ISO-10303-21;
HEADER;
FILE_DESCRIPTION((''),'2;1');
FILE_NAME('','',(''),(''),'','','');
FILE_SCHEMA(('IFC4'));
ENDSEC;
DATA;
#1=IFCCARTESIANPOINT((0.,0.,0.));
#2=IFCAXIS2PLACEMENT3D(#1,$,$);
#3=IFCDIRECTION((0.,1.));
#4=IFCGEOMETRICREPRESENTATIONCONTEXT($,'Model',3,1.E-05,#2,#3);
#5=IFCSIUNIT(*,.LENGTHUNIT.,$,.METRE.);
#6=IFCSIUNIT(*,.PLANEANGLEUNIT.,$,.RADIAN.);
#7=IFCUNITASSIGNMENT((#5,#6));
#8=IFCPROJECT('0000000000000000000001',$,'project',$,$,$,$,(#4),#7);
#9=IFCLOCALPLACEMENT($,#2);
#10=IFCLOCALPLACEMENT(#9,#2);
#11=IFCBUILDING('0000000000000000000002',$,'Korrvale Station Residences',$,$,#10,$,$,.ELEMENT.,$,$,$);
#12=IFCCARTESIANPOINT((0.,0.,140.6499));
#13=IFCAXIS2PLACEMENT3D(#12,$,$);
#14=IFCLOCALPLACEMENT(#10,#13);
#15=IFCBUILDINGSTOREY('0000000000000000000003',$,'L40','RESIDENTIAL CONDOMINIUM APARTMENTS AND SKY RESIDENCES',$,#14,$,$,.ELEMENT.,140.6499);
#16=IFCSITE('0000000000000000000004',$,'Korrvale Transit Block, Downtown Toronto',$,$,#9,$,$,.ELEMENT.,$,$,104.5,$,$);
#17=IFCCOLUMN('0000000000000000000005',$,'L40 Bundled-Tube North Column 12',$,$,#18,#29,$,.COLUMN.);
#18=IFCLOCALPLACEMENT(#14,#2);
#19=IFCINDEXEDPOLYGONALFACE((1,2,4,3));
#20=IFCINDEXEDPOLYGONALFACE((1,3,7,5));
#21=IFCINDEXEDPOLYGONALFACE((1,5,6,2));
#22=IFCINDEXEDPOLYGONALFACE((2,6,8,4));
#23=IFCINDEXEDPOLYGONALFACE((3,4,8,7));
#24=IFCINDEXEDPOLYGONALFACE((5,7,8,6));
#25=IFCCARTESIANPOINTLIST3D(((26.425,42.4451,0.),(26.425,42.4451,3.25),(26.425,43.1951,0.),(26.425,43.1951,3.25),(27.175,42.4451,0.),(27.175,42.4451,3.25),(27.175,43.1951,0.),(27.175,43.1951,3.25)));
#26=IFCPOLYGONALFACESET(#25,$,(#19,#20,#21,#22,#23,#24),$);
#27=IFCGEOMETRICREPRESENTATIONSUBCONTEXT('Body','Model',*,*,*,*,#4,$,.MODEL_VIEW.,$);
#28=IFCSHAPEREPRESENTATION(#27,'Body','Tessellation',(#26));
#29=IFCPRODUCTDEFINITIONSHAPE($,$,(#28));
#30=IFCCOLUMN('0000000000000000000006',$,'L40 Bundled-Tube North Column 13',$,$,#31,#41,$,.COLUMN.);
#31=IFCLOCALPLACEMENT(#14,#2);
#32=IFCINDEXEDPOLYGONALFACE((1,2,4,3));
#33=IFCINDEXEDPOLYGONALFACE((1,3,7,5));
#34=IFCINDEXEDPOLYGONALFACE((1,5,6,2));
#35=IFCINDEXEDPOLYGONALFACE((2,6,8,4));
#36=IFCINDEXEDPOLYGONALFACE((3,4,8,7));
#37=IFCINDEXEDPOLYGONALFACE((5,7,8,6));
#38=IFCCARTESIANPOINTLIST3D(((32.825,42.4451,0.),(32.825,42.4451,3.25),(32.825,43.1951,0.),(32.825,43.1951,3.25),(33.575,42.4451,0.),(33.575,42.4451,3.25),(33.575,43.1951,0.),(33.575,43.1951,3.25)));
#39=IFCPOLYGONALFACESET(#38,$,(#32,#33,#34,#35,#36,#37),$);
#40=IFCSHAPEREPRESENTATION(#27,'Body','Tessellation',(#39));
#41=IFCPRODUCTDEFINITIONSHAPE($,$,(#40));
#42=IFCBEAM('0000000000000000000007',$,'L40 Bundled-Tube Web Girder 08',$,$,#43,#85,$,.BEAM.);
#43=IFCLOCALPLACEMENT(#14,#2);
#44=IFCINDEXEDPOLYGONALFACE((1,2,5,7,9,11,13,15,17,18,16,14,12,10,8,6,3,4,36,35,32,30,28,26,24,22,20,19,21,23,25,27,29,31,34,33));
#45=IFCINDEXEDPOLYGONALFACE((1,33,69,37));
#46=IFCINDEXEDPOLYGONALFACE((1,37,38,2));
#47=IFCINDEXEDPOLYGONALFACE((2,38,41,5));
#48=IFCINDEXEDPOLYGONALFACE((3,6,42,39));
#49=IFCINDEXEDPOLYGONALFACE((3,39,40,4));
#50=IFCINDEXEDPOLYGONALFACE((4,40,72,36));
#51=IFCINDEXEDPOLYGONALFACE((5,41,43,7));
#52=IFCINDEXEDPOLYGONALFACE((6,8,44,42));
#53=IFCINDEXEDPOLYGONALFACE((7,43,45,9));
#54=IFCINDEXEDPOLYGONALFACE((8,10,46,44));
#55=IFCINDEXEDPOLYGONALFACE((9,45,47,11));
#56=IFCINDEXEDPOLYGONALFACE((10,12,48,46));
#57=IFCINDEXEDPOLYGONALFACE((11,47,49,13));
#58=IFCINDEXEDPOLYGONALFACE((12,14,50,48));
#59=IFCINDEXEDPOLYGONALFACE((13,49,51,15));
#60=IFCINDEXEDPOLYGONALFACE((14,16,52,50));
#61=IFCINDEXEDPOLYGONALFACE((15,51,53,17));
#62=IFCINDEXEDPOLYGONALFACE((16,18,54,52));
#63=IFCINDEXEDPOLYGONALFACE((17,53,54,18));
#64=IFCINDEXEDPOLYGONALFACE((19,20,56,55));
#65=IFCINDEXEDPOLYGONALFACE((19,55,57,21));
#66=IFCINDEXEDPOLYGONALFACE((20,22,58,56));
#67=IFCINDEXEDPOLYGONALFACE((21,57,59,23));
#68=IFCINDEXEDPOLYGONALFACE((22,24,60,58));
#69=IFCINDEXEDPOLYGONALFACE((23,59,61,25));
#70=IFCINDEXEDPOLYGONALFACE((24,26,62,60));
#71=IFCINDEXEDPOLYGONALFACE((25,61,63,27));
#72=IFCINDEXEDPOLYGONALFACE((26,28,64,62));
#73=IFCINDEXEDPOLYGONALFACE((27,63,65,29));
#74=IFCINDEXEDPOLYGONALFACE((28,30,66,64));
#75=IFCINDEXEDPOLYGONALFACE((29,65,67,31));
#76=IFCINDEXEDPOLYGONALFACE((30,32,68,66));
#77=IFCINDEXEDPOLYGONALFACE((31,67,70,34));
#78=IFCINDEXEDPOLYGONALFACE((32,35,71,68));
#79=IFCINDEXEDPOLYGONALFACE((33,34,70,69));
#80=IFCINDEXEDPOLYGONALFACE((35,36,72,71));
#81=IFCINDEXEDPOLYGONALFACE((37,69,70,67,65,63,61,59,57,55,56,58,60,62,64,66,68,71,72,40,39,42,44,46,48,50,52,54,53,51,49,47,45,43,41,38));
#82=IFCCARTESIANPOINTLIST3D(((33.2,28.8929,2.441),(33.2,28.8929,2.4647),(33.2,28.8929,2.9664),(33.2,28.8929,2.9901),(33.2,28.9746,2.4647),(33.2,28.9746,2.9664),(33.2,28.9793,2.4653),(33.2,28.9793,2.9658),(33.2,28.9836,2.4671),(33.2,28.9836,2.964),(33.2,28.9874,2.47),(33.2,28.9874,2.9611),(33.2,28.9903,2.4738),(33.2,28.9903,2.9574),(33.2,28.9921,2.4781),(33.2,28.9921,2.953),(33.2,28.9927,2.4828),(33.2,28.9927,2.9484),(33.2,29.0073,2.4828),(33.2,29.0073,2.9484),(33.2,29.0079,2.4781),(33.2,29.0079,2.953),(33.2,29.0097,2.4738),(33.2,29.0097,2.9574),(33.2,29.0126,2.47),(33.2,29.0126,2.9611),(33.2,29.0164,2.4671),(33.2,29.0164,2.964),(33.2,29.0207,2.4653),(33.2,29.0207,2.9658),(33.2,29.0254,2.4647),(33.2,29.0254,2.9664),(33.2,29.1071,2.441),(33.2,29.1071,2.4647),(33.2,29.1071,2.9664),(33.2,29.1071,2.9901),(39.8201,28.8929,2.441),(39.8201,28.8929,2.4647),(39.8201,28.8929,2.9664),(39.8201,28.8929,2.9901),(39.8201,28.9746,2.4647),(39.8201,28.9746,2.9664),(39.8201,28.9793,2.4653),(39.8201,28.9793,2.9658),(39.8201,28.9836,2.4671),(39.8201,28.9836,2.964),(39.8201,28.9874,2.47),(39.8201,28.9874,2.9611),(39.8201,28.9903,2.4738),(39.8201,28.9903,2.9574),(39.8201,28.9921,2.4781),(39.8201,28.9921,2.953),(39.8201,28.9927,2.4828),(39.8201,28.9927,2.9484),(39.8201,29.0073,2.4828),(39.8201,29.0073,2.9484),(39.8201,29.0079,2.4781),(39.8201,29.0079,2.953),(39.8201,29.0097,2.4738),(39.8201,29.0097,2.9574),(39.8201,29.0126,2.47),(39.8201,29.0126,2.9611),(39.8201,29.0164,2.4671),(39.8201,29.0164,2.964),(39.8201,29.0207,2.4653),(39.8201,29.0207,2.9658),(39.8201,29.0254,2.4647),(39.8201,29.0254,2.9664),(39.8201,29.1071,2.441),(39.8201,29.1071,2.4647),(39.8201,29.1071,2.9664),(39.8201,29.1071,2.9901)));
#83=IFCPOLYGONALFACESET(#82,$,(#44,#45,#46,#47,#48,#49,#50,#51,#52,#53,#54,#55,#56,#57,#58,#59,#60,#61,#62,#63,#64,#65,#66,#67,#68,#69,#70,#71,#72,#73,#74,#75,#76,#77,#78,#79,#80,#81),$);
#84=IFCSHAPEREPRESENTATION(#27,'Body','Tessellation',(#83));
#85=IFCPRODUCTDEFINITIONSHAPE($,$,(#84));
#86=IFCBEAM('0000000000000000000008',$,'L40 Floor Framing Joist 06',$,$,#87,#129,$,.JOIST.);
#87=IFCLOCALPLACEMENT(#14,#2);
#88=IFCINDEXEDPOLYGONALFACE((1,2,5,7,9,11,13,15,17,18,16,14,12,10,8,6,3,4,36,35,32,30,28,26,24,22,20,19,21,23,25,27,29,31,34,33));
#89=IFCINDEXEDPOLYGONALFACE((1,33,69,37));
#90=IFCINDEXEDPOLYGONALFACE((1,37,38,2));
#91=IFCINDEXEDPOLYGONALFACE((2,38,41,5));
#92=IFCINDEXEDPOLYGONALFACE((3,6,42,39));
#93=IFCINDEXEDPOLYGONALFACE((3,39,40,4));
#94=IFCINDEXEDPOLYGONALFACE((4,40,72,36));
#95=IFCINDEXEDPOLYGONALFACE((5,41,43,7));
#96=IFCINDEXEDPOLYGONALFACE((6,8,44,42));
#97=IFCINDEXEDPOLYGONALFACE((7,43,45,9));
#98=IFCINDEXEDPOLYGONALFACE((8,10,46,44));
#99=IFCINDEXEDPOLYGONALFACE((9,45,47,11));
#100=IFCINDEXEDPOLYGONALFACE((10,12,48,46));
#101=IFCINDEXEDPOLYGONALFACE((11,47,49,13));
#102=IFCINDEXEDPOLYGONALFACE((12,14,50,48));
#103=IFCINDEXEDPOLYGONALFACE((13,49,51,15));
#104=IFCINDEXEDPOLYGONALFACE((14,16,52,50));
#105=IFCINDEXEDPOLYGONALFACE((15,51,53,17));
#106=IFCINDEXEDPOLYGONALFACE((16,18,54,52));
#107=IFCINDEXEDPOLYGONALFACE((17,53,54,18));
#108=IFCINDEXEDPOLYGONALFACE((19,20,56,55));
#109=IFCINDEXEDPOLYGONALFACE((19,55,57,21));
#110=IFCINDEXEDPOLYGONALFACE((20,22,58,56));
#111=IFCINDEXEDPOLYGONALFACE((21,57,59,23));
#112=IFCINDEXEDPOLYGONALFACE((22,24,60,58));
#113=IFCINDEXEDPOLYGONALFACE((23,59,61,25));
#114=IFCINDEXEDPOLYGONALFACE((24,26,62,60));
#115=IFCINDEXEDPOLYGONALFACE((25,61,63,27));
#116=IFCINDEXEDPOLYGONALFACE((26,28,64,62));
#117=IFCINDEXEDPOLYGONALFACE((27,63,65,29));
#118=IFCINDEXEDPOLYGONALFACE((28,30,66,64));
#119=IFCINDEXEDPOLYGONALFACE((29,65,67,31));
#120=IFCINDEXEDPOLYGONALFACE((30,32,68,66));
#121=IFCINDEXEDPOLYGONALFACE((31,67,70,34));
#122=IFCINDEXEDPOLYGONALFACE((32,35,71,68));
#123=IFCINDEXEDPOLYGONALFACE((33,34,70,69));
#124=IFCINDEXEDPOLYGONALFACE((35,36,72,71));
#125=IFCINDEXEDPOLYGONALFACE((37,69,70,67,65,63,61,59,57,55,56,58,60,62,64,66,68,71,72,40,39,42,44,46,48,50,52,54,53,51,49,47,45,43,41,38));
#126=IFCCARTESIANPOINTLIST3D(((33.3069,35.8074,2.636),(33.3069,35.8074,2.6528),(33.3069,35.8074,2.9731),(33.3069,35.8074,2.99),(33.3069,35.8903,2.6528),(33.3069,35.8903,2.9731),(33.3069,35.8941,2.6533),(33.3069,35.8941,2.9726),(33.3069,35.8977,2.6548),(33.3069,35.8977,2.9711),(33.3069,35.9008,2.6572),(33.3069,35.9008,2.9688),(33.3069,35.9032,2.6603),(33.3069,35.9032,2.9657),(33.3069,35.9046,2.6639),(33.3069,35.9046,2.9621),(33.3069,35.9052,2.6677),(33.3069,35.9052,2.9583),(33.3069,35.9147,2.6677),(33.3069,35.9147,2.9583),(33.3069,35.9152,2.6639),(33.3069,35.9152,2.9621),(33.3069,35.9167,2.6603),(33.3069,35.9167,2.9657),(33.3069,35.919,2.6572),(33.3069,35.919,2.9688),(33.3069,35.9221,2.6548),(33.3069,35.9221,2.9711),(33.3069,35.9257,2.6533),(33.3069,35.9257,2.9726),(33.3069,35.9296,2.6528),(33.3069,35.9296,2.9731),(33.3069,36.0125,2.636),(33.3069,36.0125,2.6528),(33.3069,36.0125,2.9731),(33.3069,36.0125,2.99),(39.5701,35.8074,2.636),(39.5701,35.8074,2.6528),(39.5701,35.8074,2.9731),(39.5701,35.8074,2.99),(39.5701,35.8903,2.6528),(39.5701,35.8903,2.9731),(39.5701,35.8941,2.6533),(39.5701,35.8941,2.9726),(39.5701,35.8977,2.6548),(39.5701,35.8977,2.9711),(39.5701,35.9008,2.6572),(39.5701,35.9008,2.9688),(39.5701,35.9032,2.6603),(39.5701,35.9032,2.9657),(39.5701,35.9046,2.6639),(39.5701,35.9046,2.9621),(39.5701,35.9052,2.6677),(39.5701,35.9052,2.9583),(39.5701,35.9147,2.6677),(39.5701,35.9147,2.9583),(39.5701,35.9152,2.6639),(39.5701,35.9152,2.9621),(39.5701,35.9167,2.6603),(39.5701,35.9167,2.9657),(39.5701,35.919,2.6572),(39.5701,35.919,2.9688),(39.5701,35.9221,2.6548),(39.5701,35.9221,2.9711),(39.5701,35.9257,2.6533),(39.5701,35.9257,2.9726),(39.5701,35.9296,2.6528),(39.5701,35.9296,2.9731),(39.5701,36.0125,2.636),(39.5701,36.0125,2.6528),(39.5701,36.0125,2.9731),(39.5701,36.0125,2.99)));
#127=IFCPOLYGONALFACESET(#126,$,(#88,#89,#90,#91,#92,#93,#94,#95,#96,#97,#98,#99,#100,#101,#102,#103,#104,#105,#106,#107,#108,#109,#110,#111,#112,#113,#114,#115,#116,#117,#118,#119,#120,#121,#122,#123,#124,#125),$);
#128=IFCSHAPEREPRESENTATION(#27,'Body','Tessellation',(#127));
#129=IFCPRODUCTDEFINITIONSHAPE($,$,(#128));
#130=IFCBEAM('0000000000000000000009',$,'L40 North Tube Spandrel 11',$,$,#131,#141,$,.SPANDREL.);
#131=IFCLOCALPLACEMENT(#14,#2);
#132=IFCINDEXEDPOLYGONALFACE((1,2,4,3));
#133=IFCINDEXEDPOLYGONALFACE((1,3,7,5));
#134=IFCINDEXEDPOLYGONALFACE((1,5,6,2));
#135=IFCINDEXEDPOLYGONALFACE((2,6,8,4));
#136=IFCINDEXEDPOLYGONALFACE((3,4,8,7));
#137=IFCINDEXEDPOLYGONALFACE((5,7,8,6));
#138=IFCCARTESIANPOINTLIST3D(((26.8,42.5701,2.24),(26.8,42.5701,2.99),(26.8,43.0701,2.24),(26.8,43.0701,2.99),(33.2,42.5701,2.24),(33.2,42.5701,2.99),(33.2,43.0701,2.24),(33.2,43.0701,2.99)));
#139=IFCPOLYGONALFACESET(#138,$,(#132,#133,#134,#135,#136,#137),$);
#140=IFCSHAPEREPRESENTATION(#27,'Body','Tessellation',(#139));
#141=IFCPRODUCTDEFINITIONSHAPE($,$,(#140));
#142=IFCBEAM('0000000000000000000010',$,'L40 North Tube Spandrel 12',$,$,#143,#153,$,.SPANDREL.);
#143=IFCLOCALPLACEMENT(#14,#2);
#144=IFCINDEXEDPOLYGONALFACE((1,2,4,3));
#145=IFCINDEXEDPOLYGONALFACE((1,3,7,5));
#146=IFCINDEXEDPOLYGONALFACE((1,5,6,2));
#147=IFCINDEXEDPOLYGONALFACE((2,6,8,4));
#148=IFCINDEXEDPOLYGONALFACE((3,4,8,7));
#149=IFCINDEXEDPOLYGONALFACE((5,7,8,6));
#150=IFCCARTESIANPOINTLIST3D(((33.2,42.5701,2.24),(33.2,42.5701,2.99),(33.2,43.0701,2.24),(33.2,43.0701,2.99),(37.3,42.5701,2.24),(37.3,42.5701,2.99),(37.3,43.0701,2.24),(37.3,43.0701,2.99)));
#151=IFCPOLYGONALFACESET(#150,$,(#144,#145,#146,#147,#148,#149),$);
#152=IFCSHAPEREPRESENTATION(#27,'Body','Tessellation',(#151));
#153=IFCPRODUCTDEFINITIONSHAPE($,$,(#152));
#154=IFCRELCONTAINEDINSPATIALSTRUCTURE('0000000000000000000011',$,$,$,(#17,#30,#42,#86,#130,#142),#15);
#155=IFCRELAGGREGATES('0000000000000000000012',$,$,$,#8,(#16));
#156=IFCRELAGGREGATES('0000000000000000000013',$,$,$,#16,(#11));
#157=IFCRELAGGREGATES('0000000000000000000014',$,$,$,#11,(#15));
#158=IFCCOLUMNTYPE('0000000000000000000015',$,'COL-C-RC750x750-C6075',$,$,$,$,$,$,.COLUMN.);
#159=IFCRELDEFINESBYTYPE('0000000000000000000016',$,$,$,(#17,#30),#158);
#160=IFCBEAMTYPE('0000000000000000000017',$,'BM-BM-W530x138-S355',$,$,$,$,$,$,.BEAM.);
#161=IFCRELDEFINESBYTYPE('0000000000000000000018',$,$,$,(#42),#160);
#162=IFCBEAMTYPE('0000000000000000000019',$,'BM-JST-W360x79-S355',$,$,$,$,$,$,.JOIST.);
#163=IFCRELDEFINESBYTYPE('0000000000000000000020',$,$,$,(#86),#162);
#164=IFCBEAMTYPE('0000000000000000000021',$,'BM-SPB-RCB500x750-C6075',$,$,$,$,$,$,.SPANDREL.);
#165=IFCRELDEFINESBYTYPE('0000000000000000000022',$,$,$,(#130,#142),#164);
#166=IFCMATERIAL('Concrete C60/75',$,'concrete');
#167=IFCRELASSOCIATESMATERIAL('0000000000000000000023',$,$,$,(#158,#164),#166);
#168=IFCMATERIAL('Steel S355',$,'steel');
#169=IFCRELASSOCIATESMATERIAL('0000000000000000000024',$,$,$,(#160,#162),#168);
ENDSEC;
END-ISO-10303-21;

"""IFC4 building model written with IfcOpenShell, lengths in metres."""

from ifc_helpers import new_model, si_unit, direction, frame, origin, origin_2d, place, context, subcontext, project, spatial, rectangle, i_section, extrude, material, material_profile, profile_set, type_object, element, save


model = new_model("IFC4")

# Units and contexts
model_context = context("Model", 3, precision=1e-05, world=origin(), true_north=direction((0.0, 1.0)))
body_context = subcontext(model_context, "Body", "Model", "MODEL_VIEW")
ifc_project = project(units=[si_unit("LENGTHUNIT", "METRE"), si_unit("PLANEANGLEUNIT", "RADIAN")], contexts=[model_context])

# Site, building, storey
site_placement = place(None, origin())
site = spatial("IfcSite", under=ifc_project, at=site_placement, Name="Korrvale Transit Block, Downtown Toronto", CompositionType="ELEMENT", RefElevation=104.5)
building_placement = place(site_placement, origin())
building = spatial("IfcBuilding", under=site, at=building_placement, Name="Korrvale Station Residences", CompositionType="ELEMENT")
storey_placement = place(building_placement, frame((0.0, 0.0, 140.6499)))
storey = spatial("IfcBuildingStorey", under=building, at=storey_placement, Name="L40", Description="RESIDENTIAL CONDOMINIUM APARTMENTS AND SKY RESIDENCES", CompositionType="ELEMENT", Elevation=140.6499)

# Columns
ifc_material_1 = material(Name="Concrete C60/75", Category="concrete")
ifc_material_profile_1 = material_profile(ifc_material_1, rectangle(XDim=0.75, YDim=0.75, at=origin_2d()), Name="RC750x750")
ifc_profile_set_1 = profile_set([ifc_material_profile_1], Name="Concrete C60/75")
column_type = type_object("IfcColumnType", Name="COL-C-RC750x750-C6075", PredefinedType="COLUMN", material=ifc_profile_set_1)
for number, where, z_axis, x_axis, name in (
    (1, (26.8, 42.8201, 0.0), (0.0, 0.0, 1.0), (1.0, 0.0, 0.0), "L40 Bundled-Tube North Column 12"),
    (2, (33.2, 42.8201, 0.0), (0.0, 0.0, 1.0), (1.0, 0.0, 0.0), "L40 Bundled-Tube North Column 13"),
):
    element("IfcColumn", number, at=place(storey_placement, frame(where, z_axis=z_axis, x_axis=x_axis)), inside=storey, type_object=column_type, Name=name, PredefinedType="COLUMN", context=body_context, shape_type="SweptSolid", body=[
        extrude(rectangle(XDim=0.75, YDim=0.75, at=origin_2d()), origin(), (0.0, 0.0, 1.0), 3.25),
    ])

# Beams
ifc_material_2 = material(Name="Steel S355", Category="steel")
ifc_material_profile_2 = material_profile(ifc_material_2, i_section(OverallWidth=0.2141, OverallDepth=0.5491, WebThickness=0.0146, FlangeThickness=0.0237, FilletRadius=0.0181, at=origin_2d()), Name="W530x138")
ifc_profile_set_2 = profile_set([ifc_material_profile_2], Name="Steel S355")
beam_type_1 = type_object("IfcBeamType", Name="BM-BM-W530x138-S355", PredefinedType="BEAM", material=ifc_profile_set_2)
beam_1_placement = place(storey_placement, frame((33.2, 29.0, 2.7156), z_axis=(1.0, 0.0, 0.0), x_axis=(0.0, 1.0, 0.0)))
element("IfcBeam", 3, at=beam_1_placement, inside=storey, type_object=beam_type_1, Name="L40 Bundled-Tube Web Girder 08", PredefinedType="BEAM", context=body_context, shape_type="SweptSolid", body=[
    extrude(i_section(OverallWidth=0.2141, OverallDepth=0.5491, WebThickness=0.0146, FlangeThickness=0.0237, FilletRadius=0.0181, at=origin_2d()), origin(), (0.0, 0.0, 1.0), 6.6201),
])
ifc_material_profile_3 = material_profile(ifc_material_2, i_section(OverallWidth=0.2051, OverallDepth=0.354, WebThickness=0.0095, FlangeThickness=0.0168, FilletRadius=0.0149, at=origin_2d()), Name="W360x79")
ifc_profile_set_3 = profile_set([ifc_material_profile_3], Name="Steel S355")
beam_type_2 = type_object("IfcBeamType", Name="BM-JST-W360x79-S355", PredefinedType="JOIST", material=ifc_profile_set_3)
beam_2_placement = place(storey_placement, frame((33.3069, 35.9099, 2.813), z_axis=(1.0, 0.0, 0.0), x_axis=(0.0, 1.0, 0.0)))
element("IfcBeam", 4, at=beam_2_placement, inside=storey, type_object=beam_type_2, Name="L40 Floor Framing Joist 06", PredefinedType="JOIST", context=body_context, shape_type="SweptSolid", body=[
    extrude(i_section(OverallWidth=0.2051, OverallDepth=0.354, WebThickness=0.0095, FlangeThickness=0.0168, FilletRadius=0.0149, at=origin_2d()), origin(), (0.0, 0.0, 1.0), 6.2632),
])
ifc_material_profile_4 = material_profile(ifc_material_1, rectangle(XDim=0.5, YDim=0.75, at=origin_2d()), Name="RCB500x750")
ifc_profile_set_4 = profile_set([ifc_material_profile_4], Name="Concrete C60/75")
beam_type_3 = type_object("IfcBeamType", Name="BM-SPB-RCB500x750-C6075", PredefinedType="SPANDREL", material=ifc_profile_set_4)
beam_3_placement = place(storey_placement, frame((26.8, 42.8201, 2.615), z_axis=(1.0, 0.0, 0.0), x_axis=(0.0, 1.0, 0.0)))
element("IfcBeam", 5, at=beam_3_placement, inside=storey, type_object=beam_type_3, Name="L40 North Tube Spandrel 11", PredefinedType="SPANDREL", context=body_context, shape_type="SweptSolid", body=[
    extrude(rectangle(XDim=0.5, YDim=0.75, at=origin_2d()), origin(), (0.0, 0.0, 1.0), 6.3999),
])
beam_4_placement = place(storey_placement, frame((33.2, 42.8201, 2.615), z_axis=(1.0, 0.0, 0.0), x_axis=(0.0, 1.0, 0.0)))
element("IfcBeam", 6, at=beam_4_placement, inside=storey, type_object=beam_type_3, Name="L40 North Tube Spandrel 12", PredefinedType="SPANDREL", context=body_context, shape_type="SweptSolid", body=[
    extrude(rectangle(XDim=0.5, YDim=0.75, at=origin_2d()), origin(), (0.0, 0.0, 1.0), 4.1001),
])

save(model, "model.ifc")
